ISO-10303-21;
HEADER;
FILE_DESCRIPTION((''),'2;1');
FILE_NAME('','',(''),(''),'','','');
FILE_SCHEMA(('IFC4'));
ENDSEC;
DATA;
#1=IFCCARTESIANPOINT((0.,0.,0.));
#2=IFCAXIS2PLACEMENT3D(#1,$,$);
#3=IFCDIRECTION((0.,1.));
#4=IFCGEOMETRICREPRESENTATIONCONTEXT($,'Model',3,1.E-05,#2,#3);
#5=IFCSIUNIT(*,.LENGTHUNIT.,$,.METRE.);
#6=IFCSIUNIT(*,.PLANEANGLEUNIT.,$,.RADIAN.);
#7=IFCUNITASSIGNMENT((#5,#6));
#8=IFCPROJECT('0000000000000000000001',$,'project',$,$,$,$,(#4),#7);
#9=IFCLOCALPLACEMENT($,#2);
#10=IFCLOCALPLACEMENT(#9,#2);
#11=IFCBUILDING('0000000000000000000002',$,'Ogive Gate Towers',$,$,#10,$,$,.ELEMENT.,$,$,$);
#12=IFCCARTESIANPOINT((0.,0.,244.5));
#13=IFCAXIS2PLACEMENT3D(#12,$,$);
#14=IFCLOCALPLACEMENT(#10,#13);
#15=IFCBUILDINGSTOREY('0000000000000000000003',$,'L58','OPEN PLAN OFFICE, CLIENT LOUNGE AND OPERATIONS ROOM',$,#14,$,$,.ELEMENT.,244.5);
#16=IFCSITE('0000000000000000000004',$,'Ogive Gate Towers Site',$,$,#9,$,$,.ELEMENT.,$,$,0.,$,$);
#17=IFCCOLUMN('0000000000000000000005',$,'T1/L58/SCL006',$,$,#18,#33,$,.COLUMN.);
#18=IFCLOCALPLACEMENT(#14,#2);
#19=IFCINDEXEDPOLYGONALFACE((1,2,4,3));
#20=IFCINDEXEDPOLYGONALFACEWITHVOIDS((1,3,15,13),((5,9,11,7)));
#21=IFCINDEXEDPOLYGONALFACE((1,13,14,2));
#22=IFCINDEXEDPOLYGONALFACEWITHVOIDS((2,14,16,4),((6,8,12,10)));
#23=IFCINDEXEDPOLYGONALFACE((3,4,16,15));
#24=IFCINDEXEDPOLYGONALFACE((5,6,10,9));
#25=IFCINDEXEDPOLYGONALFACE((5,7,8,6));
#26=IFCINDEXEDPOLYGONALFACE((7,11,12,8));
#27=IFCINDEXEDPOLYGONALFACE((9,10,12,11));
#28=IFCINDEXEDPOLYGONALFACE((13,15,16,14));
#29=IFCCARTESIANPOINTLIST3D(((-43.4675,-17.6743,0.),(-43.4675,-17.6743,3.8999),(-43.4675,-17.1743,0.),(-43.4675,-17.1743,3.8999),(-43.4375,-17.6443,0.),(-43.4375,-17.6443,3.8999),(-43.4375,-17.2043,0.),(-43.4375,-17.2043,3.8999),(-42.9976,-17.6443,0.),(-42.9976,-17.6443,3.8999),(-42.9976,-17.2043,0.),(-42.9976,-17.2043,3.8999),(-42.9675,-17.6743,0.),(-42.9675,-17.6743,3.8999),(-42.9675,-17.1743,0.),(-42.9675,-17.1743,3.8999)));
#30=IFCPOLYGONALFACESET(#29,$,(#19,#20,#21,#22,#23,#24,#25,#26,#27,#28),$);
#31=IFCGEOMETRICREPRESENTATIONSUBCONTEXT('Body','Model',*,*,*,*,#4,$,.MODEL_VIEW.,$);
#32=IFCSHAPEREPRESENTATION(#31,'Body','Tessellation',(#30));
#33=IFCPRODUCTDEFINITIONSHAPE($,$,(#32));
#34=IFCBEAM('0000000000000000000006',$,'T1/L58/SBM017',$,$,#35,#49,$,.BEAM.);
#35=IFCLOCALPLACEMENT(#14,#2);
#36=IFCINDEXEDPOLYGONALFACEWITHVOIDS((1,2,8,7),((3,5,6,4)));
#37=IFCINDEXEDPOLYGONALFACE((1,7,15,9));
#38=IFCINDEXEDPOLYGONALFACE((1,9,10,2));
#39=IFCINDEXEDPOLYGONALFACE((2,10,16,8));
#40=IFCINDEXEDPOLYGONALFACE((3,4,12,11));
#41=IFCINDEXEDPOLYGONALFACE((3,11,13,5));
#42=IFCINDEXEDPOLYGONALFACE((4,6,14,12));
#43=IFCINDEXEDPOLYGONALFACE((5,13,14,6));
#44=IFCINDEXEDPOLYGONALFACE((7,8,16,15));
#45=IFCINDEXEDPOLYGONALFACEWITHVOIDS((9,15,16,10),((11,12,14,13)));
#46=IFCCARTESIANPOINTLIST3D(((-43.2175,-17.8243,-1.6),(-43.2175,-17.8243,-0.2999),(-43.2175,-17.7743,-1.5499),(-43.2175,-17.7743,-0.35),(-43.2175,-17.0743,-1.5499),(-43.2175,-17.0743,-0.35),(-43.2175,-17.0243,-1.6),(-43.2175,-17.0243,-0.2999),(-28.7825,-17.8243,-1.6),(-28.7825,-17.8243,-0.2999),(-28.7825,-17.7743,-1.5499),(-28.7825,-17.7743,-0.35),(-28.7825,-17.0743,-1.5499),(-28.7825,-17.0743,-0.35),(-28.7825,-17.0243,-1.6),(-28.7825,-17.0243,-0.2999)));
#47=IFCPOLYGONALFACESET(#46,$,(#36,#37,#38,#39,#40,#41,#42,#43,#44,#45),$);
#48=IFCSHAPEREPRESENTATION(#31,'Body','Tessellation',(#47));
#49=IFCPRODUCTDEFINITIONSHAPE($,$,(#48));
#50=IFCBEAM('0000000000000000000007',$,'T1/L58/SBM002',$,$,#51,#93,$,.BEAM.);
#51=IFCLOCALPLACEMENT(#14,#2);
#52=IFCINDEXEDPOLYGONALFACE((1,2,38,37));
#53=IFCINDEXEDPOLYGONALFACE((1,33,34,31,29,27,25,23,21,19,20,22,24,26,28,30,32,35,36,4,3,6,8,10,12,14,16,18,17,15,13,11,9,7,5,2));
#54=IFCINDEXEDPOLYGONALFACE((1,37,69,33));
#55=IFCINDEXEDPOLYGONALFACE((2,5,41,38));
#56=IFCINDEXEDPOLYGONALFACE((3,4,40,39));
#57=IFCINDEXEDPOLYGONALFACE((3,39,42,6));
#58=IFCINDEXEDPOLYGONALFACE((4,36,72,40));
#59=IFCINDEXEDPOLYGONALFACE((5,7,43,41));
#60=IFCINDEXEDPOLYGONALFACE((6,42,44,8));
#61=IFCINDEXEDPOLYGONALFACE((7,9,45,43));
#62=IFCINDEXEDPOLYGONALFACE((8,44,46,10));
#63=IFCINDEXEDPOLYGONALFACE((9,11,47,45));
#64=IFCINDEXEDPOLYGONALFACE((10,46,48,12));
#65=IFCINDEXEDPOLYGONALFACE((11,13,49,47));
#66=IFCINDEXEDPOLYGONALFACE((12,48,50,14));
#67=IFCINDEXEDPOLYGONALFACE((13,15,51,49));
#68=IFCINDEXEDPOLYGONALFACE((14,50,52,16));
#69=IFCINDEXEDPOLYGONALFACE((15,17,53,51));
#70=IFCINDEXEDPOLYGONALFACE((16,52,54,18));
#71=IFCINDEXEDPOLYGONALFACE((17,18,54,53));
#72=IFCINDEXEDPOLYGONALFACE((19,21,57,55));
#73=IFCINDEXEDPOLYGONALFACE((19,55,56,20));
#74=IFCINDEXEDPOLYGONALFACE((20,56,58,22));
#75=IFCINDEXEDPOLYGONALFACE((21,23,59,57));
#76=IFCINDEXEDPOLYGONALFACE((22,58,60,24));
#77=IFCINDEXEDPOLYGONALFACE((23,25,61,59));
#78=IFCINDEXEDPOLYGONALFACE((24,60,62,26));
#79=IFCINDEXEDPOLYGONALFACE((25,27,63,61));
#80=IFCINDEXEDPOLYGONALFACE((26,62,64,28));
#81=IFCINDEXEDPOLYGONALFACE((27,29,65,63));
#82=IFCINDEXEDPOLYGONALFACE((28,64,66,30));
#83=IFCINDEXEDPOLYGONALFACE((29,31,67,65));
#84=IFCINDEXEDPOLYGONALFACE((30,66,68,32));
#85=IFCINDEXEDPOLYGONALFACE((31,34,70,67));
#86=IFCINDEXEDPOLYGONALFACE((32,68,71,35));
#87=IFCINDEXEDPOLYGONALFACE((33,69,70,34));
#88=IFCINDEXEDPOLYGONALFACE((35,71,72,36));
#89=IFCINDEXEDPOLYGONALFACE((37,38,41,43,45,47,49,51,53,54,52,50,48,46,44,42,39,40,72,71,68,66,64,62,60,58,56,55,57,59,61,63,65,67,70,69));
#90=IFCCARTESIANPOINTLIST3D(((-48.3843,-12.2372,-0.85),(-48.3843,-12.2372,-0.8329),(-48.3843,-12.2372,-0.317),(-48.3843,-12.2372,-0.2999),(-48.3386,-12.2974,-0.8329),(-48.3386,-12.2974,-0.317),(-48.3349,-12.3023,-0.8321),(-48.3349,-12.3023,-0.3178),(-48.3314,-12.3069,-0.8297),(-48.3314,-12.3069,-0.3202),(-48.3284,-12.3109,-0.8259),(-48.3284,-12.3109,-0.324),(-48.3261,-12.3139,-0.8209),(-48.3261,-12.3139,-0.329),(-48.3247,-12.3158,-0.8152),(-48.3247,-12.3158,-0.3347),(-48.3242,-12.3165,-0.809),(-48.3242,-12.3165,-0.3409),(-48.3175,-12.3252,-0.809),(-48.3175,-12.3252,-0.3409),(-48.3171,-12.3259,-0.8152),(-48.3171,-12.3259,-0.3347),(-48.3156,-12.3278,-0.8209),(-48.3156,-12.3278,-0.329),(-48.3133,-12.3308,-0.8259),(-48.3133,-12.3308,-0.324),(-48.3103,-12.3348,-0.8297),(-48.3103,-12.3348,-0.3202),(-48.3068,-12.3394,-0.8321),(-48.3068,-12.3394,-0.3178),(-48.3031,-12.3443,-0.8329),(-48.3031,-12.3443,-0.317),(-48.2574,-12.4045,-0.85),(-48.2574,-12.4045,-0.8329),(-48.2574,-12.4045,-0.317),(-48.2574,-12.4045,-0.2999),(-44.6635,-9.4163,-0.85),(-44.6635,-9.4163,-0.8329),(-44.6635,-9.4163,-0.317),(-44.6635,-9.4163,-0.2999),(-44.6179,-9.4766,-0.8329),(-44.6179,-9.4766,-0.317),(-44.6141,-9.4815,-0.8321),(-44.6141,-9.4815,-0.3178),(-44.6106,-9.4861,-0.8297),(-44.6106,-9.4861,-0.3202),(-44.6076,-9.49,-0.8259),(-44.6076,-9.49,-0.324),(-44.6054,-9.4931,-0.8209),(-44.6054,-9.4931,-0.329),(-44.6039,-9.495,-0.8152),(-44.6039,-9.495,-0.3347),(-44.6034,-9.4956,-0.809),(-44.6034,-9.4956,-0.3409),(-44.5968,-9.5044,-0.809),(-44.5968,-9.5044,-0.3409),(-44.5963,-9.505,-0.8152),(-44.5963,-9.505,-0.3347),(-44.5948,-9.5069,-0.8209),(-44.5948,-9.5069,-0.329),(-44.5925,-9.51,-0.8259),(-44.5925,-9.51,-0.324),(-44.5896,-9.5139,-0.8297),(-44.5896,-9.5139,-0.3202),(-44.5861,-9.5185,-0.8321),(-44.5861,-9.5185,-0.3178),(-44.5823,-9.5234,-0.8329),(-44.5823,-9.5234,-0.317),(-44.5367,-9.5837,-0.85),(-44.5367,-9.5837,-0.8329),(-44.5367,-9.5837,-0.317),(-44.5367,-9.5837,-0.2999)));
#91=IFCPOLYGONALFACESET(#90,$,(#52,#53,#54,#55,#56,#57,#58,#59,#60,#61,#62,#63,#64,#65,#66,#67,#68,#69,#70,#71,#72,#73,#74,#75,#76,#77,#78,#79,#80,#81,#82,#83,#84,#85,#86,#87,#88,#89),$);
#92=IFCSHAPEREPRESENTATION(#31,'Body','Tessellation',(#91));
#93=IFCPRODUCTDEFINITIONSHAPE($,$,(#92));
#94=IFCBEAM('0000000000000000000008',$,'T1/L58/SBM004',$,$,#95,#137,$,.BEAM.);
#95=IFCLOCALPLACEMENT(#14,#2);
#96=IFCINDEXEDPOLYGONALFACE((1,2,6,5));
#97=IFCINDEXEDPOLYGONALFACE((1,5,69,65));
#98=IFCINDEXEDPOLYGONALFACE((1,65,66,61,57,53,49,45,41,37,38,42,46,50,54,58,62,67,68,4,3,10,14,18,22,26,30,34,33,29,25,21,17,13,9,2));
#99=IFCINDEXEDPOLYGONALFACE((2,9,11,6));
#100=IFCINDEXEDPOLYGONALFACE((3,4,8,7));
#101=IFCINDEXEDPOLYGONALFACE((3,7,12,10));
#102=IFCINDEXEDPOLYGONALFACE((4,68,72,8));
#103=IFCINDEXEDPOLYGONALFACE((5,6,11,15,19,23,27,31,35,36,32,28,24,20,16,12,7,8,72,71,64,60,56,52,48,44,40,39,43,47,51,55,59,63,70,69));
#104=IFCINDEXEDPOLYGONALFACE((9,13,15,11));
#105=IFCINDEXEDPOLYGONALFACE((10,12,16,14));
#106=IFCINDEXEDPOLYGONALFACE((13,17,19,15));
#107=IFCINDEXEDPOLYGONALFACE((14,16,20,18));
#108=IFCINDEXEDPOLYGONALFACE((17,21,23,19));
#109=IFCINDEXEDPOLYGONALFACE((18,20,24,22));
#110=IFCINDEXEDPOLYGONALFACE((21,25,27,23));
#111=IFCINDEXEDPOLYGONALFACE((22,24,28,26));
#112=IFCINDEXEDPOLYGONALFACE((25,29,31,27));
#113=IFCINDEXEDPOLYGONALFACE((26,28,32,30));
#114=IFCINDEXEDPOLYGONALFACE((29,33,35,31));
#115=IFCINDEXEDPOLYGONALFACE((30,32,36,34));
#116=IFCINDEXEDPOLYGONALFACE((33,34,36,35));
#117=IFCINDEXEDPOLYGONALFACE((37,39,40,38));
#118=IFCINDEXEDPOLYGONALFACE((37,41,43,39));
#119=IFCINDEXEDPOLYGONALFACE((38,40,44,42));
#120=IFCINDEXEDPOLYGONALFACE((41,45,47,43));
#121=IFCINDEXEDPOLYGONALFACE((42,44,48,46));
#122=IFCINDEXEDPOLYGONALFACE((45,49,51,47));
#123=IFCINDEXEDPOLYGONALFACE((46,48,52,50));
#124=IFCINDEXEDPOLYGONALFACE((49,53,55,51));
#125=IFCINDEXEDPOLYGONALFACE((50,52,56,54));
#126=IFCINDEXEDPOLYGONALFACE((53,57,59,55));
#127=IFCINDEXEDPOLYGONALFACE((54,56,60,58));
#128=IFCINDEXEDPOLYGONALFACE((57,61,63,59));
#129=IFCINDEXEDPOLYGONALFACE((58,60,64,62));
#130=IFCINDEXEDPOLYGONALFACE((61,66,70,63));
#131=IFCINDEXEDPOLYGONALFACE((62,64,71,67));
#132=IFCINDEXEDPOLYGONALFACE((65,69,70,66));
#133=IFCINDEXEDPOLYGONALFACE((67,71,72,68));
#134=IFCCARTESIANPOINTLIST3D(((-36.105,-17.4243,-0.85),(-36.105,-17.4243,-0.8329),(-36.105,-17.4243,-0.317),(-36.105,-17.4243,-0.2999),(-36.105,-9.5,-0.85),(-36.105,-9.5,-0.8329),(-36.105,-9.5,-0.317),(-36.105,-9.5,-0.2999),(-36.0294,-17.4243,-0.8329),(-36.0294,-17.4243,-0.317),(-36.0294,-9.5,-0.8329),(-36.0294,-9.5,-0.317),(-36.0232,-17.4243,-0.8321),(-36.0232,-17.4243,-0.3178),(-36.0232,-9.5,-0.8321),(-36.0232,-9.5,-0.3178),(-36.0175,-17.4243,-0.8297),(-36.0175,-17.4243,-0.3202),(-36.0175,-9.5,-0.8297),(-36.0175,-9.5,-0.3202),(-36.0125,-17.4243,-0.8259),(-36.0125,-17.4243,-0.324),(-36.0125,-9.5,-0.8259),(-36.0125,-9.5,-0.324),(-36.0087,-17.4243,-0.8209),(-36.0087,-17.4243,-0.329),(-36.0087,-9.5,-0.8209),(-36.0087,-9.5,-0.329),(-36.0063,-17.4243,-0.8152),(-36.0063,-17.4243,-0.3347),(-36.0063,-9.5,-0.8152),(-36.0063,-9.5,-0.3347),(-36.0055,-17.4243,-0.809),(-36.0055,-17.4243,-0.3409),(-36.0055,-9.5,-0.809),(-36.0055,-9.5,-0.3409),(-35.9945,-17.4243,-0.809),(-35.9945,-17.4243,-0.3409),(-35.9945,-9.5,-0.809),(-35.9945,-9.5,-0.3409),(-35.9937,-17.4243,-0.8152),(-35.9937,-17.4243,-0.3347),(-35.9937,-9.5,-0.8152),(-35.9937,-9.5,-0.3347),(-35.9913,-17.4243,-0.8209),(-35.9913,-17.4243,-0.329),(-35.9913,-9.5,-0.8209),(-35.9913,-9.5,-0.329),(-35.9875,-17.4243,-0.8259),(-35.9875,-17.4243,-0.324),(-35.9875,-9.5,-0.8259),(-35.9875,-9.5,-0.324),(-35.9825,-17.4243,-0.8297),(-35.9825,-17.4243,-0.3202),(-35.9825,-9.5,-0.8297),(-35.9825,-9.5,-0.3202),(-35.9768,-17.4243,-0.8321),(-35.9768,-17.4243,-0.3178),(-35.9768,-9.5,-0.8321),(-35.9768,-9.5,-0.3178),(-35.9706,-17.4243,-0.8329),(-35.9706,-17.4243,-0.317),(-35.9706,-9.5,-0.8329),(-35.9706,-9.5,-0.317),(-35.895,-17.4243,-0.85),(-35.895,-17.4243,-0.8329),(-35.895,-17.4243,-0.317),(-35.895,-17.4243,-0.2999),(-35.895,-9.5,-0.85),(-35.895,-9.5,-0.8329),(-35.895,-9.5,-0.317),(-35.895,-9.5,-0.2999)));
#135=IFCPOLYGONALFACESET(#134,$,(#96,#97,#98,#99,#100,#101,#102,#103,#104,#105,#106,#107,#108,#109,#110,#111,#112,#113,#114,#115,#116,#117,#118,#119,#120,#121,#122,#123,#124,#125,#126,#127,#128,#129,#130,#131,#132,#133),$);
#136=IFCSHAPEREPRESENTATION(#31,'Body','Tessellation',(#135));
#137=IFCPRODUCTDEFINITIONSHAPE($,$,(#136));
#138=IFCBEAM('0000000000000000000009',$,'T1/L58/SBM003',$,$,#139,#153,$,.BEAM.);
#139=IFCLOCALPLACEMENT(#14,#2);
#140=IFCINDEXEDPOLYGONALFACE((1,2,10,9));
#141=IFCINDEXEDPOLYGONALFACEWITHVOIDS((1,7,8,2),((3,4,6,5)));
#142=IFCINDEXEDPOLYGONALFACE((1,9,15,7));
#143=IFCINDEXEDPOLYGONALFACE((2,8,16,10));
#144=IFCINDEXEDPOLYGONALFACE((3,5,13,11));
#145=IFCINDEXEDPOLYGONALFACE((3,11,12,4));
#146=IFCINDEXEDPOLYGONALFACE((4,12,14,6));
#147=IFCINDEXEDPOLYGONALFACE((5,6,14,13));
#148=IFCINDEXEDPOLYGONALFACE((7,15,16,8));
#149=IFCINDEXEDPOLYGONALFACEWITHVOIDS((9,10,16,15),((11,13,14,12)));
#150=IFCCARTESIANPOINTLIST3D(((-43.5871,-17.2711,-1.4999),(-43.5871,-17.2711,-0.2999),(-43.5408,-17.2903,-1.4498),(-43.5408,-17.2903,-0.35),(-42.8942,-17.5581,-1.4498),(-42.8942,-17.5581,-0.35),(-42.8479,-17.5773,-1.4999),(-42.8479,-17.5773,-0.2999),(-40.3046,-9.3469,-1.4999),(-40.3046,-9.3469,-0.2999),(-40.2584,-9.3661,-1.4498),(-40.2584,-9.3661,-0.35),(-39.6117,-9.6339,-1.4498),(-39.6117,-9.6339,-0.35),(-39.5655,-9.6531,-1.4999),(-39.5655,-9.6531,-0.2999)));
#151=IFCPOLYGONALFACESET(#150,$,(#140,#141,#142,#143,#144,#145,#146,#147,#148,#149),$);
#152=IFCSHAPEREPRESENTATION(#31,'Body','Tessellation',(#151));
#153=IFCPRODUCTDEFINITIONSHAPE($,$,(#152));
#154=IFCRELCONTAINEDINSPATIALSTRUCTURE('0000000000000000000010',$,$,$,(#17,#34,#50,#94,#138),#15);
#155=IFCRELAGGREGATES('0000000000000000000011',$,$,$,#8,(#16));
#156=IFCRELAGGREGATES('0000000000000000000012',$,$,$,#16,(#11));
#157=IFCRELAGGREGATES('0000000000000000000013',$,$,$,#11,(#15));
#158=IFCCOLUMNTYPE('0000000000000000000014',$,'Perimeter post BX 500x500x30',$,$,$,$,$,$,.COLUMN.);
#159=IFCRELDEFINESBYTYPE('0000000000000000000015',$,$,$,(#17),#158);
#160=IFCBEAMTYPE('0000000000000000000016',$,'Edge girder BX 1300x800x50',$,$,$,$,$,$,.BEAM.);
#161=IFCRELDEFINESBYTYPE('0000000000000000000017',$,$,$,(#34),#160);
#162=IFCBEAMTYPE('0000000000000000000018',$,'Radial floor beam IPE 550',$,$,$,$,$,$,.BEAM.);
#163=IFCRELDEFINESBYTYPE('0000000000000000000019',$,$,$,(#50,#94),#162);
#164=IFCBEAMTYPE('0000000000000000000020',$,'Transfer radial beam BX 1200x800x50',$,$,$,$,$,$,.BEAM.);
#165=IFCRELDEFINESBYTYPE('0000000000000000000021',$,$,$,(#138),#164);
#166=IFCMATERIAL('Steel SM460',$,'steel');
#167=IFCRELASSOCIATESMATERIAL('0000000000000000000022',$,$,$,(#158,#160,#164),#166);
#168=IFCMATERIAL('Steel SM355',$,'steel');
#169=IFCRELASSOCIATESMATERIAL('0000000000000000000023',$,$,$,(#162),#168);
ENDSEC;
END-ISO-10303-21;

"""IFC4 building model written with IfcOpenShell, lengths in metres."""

from ifc_helpers import new_model, si_unit, direction, frame, origin, origin_2d, place, context, subcontext, project, spatial, hollow_rectangle, i_section, extrude, material, material_profile, profile_set, type_object, element, save


model = new_model("IFC4")

# Units and contexts
model_context = context("Model", 3, precision=1e-05, world=origin(), true_north=direction((0.0, 1.0)))
body_context = subcontext(model_context, "Body", "Model", "MODEL_VIEW")
ifc_project = project(units=[si_unit("LENGTHUNIT", "METRE"), si_unit("PLANEANGLEUNIT", "RADIAN")], contexts=[model_context])

# Site, building, storey
site_placement = place(None, origin())
site = spatial("IfcSite", under=ifc_project, at=site_placement, Name="Ogive Gate Towers Site", CompositionType="ELEMENT", RefElevation=0.0)
building_placement = place(site_placement, origin())
building = spatial("IfcBuilding", under=site, at=building_placement, Name="Ogive Gate Towers", CompositionType="ELEMENT")
storey_placement = place(building_placement, frame((0.0, 0.0, 244.5)))
storey = spatial("IfcBuildingStorey", under=building, at=storey_placement, Name="L58", Description="OPEN PLAN OFFICE, CLIENT LOUNGE AND OPERATIONS ROOM", CompositionType="ELEMENT", Elevation=244.5)

# Column
ifc_material_1 = material(Name="Steel SM460", Category="steel")
ifc_material_profile_1 = material_profile(ifc_material_1, hollow_rectangle(XDim=0.5, YDim=0.5, WallThickness=0.03, at=origin_2d()), Name="BX 500x500x30")
ifc_profile_set_1 = profile_set([ifc_material_profile_1], Name="Steel SM460")
column_type = type_object("IfcColumnType", Name="Perimeter post BX 500x500x30", PredefinedType="COLUMN", material=ifc_profile_set_1)
column_placement = place(storey_placement, frame((-43.2175, -17.4243, 0.0), z_axis=(0.0, 0.0, 1.0), x_axis=(1.0, 0.0, 0.0)))
element("IfcColumn", 1, at=column_placement, inside=storey, type_object=column_type, Name="T1/L58/SCL006", PredefinedType="COLUMN", context=body_context, shape_type="SweptSolid", body=[
    extrude(hollow_rectangle(XDim=0.5, YDim=0.5, WallThickness=0.03, at=origin_2d()), origin(), (0.0, 0.0, 1.0), 3.8999),
])

# Beams
ifc_material_profile_2 = material_profile(ifc_material_1, hollow_rectangle(XDim=0.8, YDim=1.3, WallThickness=0.05, at=origin_2d()), Name="BX 1300x800x50")
ifc_profile_set_2 = profile_set([ifc_material_profile_2], Name="Steel SM460")
beam_type_1 = type_object("IfcBeamType", Name="Edge girder BX 1300x800x50", PredefinedType="BEAM", material=ifc_profile_set_2)
beam_1_placement = place(storey_placement, frame((-43.2175, -17.4243, -0.95), z_axis=(1.0, 0.0, 0.0), x_axis=(0.0, 1.0, 0.0)))
element("IfcBeam", 2, at=beam_1_placement, inside=storey, type_object=beam_type_1, Name="T1/L58/SBM017", PredefinedType="BEAM", context=body_context, shape_type="SweptSolid", body=[
    extrude(hollow_rectangle(XDim=0.8, YDim=1.3, WallThickness=0.05, at=origin_2d()), origin(), (0.0, 0.0, 1.0), 14.4351),
])
ifc_material_2 = material(Name="Steel SM355", Category="steel")
ifc_material_profile_3 = material_profile(ifc_material_2, i_section(OverallWidth=0.21, OverallDepth=0.55, WebThickness=0.011, FlangeThickness=0.0171, FilletRadius=0.0239, at=origin_2d()), Name="IPE 550")
ifc_profile_set_3 = profile_set([ifc_material_profile_3], Name="Steel SM355")
beam_type_2 = type_object("IfcBeamType", Name="Radial floor beam IPE 550", PredefinedType="BEAM", material=ifc_profile_set_3)
beam_2_placement = place(storey_placement, frame((-44.6001, -9.5, -0.575), z_axis=(-0.796877, -0.604142, 0.0), x_axis=(0.604142, -0.796877, 0.0)))
element("IfcBeam", 3, at=beam_2_placement, inside=storey, type_object=beam_type_2, Name="T1/L58/SBM002", PredefinedType="BEAM", context=body_context, shape_type="SweptSolid", body=[
    extrude(i_section(OverallWidth=0.21, OverallDepth=0.55, WebThickness=0.011, FlangeThickness=0.0171, FilletRadius=0.0239, at=origin_2d()), origin(), (0.0, 0.0, 1.0), 4.6692),
])
beam_3_placement = place(storey_placement, frame((-36.0, -9.5, -0.575), z_axis=(0.0, -1.0, 0.0), x_axis=(1.0, 0.0, 0.0)))
element("IfcBeam", 4, at=beam_3_placement, inside=storey, type_object=beam_type_2, Name="T1/L58/SBM004", PredefinedType="BEAM", context=body_context, shape_type="SweptSolid", body=[
    extrude(i_section(OverallWidth=0.21, OverallDepth=0.55, WebThickness=0.011, FlangeThickness=0.0171, FilletRadius=0.0239, at=origin_2d()), origin(), (0.0, 0.0, 1.0), 7.9243),
])
ifc_material_profile_4 = material_profile(ifc_material_1, hollow_rectangle(XDim=0.8, YDim=1.2, WallThickness=0.05, at=origin_2d()), Name="BX 1200x800x50")
ifc_profile_set_4 = profile_set([ifc_material_profile_4], Name="Steel SM460")
beam_type_3 = type_object("IfcBeamType", Name="Transfer radial beam BX 1200x800x50", PredefinedType="BEAM", material=ifc_profile_set_4)
beam_4_placement = place(storey_placement, frame((-39.9351, -9.5, -0.8999), z_axis=(-0.382695, -0.923875, 0.0), x_axis=(0.923875, -0.382695, 0.0)))
element("IfcBeam", 5, at=beam_4_placement, inside=storey, type_object=beam_type_3, Name="T1/L58/SBM003", PredefinedType="BEAM", context=body_context, shape_type="SweptSolid", body=[
    extrude(hollow_rectangle(XDim=0.8, YDim=1.2, WallThickness=0.05, at=origin_2d()), origin(), (0.0, 0.0, 1.0), 8.5771),
])

save(model, "model.ifc")
